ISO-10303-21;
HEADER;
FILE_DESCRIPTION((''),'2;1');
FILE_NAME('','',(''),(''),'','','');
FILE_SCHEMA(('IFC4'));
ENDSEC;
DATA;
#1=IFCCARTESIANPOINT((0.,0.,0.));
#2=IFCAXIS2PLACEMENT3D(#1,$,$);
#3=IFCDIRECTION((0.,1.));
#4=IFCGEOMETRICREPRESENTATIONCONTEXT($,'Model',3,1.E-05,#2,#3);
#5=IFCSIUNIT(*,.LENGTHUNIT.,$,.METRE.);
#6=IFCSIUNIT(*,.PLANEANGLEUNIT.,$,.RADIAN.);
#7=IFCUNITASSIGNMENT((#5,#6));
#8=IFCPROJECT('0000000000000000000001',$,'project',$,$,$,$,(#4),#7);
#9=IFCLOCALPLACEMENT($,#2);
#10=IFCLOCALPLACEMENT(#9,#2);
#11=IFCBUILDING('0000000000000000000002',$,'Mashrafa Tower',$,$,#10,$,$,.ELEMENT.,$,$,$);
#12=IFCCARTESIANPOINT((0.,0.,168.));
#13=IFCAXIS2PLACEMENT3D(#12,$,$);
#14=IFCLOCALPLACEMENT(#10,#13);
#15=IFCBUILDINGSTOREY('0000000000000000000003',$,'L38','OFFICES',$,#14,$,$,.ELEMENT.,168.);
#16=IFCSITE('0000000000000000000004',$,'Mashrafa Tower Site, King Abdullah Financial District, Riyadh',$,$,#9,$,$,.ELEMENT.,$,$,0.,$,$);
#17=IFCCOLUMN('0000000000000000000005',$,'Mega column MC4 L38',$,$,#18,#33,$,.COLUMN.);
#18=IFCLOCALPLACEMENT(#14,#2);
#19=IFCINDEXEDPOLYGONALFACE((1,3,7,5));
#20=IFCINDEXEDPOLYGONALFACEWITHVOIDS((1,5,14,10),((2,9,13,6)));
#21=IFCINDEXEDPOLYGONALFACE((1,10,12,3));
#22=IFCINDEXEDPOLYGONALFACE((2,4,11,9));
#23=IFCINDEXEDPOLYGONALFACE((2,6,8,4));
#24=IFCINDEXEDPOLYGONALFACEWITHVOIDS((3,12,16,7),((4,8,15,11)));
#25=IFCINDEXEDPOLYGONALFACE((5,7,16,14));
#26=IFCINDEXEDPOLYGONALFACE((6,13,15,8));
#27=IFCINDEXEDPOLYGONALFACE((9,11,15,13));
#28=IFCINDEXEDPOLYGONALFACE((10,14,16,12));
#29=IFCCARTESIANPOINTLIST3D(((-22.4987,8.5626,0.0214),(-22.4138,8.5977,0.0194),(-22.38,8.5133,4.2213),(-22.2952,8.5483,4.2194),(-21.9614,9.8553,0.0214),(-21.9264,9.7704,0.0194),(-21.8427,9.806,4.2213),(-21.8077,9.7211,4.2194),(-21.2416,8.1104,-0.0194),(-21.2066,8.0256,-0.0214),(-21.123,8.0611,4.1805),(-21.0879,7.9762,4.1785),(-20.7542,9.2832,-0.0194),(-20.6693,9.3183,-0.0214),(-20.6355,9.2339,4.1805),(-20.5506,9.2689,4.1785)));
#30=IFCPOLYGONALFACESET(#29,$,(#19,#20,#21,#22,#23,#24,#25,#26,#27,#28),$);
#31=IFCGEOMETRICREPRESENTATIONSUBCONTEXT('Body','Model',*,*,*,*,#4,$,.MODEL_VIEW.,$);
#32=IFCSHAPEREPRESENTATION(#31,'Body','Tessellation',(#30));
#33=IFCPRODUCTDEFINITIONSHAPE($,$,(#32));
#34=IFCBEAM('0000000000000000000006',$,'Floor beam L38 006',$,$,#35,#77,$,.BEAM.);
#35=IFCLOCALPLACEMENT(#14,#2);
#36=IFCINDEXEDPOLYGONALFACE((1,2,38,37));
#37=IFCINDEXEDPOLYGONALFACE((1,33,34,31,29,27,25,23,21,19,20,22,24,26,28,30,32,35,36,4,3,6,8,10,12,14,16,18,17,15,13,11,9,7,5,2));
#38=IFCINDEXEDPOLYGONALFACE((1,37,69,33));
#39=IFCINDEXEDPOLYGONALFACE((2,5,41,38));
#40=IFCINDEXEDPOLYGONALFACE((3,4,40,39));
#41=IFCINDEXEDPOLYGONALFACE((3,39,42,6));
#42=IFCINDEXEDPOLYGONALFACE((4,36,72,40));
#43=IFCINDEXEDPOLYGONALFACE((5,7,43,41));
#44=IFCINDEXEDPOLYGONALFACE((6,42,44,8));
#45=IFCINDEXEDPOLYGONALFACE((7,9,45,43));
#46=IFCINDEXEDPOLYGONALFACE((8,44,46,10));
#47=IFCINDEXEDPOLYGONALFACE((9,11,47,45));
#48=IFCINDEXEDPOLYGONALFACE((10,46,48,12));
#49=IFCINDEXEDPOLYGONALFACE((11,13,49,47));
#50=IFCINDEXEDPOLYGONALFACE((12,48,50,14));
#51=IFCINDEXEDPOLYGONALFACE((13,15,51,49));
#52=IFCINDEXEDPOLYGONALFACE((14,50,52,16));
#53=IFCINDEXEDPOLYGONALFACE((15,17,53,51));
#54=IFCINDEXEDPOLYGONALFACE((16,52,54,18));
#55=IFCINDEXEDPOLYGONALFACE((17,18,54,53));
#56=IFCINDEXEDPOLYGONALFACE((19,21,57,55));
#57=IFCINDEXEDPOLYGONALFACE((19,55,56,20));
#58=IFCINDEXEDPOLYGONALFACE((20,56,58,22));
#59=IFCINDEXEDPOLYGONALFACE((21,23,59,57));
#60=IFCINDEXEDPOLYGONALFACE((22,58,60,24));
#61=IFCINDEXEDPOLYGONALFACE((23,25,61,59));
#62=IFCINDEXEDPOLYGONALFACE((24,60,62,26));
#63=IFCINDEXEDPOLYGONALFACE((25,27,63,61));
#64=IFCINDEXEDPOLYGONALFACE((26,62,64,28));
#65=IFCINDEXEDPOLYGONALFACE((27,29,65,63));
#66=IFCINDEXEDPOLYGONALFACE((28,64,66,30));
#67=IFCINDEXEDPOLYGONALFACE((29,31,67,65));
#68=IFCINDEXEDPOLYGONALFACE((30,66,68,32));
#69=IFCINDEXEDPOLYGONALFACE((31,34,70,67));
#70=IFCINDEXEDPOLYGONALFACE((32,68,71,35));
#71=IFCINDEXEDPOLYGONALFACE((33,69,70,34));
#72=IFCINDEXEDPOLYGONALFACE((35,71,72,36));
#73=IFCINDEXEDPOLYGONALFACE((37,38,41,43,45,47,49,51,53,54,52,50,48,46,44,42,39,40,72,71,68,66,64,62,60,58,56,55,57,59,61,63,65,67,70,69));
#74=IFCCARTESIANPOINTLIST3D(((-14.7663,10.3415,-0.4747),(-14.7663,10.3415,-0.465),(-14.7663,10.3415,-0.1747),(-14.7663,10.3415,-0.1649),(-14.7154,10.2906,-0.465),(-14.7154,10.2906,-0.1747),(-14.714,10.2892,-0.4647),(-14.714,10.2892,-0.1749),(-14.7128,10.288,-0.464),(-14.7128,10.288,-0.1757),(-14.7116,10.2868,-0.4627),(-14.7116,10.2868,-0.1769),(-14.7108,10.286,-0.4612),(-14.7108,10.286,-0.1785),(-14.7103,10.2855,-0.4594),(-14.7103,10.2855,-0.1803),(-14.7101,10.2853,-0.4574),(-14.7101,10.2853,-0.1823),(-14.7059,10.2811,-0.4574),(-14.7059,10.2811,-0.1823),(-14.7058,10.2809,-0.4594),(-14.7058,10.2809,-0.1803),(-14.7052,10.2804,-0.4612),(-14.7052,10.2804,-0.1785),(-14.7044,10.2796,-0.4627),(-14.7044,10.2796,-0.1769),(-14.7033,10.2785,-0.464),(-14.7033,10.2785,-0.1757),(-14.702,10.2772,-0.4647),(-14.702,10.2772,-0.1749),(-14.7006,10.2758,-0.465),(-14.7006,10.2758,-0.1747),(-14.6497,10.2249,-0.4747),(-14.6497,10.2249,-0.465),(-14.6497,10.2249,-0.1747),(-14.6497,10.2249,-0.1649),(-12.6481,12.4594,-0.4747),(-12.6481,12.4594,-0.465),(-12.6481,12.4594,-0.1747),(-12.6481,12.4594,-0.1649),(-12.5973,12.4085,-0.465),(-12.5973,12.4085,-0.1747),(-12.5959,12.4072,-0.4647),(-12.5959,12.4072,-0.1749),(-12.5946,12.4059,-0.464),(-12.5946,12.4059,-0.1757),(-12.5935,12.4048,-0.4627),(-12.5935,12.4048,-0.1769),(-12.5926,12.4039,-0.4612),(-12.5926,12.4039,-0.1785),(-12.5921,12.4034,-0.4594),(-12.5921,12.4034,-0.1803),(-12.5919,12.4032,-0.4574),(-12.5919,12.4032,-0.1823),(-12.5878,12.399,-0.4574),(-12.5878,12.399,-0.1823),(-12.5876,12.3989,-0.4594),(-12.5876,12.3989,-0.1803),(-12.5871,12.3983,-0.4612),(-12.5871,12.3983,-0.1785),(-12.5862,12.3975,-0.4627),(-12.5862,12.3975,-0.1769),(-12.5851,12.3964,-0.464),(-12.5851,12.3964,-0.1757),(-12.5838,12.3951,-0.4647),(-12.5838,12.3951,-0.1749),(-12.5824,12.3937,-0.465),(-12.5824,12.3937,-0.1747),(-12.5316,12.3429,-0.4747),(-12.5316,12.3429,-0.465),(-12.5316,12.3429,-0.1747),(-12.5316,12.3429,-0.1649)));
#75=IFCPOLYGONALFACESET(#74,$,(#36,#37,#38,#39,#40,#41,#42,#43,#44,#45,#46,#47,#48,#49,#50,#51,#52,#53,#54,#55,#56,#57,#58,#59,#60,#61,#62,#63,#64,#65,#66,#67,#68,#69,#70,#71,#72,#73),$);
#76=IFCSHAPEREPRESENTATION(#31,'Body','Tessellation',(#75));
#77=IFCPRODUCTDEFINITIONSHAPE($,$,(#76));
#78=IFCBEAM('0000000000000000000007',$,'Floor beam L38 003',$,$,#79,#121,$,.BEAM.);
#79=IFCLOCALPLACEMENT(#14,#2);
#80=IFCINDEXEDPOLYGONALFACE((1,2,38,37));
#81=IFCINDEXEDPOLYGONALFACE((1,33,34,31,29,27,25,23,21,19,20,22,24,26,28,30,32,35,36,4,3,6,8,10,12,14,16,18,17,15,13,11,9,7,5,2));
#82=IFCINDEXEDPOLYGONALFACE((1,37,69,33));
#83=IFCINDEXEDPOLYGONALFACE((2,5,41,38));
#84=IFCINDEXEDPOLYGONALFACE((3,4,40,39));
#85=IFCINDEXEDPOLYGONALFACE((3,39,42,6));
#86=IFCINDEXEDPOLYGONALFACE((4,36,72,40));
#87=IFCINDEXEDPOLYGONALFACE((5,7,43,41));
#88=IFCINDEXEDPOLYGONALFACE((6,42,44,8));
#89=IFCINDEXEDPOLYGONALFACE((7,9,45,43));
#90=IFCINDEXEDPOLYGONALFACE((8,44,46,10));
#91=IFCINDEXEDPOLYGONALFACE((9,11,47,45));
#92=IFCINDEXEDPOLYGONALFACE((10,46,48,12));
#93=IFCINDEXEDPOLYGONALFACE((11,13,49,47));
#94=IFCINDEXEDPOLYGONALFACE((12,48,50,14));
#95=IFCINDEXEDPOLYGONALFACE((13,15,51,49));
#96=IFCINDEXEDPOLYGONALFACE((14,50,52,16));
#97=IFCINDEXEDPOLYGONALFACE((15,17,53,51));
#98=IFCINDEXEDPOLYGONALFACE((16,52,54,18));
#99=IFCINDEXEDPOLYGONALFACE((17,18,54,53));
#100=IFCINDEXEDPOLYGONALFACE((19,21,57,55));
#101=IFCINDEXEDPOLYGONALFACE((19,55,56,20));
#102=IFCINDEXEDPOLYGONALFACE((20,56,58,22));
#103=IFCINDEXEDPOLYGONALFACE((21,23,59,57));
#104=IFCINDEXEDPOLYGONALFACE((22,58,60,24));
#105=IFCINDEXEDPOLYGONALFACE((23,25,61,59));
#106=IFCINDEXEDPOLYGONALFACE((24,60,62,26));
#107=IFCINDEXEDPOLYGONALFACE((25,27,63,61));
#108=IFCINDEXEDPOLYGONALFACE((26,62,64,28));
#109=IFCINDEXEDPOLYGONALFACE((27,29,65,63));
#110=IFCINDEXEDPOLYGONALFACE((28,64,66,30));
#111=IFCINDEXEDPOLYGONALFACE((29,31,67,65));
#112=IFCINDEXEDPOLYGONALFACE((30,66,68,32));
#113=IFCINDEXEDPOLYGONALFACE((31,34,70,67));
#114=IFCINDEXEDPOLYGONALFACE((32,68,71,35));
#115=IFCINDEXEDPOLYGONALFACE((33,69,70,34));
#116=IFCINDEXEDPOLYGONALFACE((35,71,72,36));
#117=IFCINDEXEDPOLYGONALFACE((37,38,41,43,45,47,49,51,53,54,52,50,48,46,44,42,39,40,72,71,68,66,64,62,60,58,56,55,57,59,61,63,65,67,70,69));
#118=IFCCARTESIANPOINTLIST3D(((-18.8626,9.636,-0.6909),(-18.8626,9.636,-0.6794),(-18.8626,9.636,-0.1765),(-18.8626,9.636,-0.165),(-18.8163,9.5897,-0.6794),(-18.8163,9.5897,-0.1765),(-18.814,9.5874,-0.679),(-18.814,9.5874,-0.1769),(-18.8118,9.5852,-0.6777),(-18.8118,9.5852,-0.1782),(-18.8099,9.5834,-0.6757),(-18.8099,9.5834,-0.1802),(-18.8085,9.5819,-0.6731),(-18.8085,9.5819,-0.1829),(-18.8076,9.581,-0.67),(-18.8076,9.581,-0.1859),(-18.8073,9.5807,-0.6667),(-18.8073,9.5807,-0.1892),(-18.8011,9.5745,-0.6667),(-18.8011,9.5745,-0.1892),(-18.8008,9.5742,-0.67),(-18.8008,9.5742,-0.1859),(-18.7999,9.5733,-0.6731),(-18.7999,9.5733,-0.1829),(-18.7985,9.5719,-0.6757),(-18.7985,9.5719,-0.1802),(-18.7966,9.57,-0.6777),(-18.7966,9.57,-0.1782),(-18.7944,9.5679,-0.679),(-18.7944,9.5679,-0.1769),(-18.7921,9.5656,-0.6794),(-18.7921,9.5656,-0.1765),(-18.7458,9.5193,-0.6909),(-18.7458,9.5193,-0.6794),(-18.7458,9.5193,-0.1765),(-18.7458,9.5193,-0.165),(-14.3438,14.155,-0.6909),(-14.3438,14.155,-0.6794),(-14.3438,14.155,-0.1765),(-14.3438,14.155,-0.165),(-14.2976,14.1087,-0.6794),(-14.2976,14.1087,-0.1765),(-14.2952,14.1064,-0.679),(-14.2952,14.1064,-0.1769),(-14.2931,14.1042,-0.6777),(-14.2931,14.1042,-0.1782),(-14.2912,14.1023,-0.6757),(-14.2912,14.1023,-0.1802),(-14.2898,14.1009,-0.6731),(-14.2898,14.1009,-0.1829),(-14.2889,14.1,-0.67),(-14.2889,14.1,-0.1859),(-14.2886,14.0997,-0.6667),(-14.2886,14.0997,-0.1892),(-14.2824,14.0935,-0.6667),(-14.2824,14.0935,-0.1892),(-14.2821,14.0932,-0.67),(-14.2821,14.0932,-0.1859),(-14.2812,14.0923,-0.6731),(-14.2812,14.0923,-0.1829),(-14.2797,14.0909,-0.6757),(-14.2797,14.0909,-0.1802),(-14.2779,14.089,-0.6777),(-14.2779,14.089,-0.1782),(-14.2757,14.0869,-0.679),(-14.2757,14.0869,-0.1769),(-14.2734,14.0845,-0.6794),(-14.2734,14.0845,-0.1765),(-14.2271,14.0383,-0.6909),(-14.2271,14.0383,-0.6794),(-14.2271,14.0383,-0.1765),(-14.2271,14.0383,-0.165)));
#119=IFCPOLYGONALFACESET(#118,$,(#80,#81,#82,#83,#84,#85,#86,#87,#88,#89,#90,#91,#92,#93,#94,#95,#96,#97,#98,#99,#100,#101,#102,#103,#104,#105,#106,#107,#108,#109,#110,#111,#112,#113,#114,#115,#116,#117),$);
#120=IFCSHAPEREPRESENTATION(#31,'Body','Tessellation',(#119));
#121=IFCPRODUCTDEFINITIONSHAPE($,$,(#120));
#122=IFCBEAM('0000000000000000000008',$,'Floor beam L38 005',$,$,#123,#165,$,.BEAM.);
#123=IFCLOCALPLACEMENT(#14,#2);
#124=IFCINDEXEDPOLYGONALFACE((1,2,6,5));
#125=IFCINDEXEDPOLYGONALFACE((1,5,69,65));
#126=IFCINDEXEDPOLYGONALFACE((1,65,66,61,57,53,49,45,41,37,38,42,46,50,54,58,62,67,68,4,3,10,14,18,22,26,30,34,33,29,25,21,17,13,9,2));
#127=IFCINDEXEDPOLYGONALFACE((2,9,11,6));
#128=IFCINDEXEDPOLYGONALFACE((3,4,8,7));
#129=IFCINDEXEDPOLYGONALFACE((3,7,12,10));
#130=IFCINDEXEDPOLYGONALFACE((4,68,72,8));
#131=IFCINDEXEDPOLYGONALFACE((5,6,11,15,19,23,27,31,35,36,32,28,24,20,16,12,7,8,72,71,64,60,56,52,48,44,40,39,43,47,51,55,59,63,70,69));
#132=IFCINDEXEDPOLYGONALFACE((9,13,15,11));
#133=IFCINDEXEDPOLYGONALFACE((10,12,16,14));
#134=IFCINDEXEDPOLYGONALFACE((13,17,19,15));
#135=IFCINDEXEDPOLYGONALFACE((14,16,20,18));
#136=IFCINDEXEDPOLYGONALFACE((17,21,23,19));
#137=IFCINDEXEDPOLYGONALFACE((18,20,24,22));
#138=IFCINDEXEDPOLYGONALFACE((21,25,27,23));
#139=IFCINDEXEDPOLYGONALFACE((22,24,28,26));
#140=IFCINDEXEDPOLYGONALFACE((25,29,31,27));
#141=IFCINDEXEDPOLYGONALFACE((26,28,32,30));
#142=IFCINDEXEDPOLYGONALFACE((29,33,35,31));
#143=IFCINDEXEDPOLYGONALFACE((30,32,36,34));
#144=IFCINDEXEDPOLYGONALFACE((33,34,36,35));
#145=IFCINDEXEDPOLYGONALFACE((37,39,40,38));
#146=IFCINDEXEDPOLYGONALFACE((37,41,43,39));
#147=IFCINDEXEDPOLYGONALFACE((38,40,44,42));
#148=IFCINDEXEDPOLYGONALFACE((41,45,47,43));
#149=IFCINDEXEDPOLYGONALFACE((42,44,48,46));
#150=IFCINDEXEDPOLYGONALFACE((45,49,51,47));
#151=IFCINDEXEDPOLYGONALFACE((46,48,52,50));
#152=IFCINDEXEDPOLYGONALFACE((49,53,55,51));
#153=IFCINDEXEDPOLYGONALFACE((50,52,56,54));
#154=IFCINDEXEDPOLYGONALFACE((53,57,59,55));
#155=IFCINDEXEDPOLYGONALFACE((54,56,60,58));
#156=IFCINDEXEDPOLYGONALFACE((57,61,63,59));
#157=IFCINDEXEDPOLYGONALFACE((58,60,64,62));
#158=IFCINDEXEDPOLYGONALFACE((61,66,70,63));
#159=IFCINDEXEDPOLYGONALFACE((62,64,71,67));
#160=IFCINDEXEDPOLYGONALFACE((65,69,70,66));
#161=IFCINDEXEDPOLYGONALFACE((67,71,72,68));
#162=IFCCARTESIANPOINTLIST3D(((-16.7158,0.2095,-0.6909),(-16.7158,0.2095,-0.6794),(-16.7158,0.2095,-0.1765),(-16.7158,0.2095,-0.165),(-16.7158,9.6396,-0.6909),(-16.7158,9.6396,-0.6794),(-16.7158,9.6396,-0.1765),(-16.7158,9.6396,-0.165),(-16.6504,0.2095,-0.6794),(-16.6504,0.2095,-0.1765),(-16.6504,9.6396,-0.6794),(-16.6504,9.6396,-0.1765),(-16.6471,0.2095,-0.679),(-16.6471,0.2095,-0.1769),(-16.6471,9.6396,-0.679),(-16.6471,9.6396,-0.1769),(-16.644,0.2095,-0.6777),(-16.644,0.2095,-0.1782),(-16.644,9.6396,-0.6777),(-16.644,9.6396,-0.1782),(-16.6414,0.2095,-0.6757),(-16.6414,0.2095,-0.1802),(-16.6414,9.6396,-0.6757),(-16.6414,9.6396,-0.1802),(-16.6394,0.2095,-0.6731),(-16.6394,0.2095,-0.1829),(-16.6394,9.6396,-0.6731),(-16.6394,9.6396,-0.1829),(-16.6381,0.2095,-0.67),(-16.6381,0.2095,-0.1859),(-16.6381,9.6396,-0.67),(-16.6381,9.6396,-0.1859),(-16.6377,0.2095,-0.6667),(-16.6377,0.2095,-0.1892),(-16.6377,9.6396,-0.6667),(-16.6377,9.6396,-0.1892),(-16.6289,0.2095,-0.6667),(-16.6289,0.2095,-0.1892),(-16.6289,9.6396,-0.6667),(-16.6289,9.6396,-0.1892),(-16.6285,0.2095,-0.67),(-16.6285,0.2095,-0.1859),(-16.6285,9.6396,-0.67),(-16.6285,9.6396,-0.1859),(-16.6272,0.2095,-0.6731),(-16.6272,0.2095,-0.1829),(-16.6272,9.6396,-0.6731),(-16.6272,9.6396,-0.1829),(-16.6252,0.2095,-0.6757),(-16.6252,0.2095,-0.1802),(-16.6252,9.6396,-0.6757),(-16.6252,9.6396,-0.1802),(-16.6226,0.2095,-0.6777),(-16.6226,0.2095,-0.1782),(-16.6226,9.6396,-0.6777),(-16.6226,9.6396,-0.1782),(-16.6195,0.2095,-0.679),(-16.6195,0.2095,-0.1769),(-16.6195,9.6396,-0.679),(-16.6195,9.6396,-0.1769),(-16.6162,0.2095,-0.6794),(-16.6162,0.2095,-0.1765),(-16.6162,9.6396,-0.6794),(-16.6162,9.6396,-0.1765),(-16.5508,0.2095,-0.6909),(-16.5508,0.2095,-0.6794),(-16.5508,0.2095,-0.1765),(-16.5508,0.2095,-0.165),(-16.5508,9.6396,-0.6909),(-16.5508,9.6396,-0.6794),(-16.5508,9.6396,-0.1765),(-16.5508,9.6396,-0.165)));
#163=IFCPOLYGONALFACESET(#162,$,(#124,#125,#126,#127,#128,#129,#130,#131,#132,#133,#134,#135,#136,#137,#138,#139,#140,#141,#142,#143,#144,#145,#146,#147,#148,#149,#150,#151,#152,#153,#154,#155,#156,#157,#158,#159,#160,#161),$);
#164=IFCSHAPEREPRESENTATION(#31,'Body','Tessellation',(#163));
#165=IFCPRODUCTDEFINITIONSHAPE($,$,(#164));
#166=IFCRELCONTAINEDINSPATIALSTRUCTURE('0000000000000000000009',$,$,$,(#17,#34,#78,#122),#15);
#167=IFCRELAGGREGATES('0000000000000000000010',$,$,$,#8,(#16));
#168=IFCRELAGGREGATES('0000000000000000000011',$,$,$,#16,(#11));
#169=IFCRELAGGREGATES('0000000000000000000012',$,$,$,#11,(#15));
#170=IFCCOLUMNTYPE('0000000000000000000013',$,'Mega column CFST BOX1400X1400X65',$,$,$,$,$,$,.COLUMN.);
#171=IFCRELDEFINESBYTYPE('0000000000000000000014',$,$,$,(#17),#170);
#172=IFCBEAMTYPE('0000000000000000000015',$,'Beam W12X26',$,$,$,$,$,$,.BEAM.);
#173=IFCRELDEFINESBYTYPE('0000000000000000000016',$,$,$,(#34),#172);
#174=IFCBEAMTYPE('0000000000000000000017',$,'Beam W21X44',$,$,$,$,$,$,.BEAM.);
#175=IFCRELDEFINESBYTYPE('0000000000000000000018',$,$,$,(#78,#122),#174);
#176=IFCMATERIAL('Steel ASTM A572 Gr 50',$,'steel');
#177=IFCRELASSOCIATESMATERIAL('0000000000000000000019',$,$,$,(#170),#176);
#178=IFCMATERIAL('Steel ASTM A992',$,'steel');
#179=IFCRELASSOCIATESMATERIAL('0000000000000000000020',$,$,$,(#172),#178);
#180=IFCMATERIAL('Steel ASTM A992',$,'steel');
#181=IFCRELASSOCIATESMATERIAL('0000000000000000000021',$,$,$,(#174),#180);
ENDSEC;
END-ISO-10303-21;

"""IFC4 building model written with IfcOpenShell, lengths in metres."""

from ifc_helpers import new_model, si_unit, direction, frame, origin, origin_2d, place, context, subcontext, project, spatial, hollow_rectangle, i_section, extrude, material, material_profile, profile_set, type_object, element, save


model = new_model("IFC4")

# Units and contexts
model_context = context("Model", 3, precision=1e-05, world=origin(), true_north=direction((0.0, 1.0)))
body_context = subcontext(model_context, "Body", "Model", "MODEL_VIEW")
ifc_project = project(units=[si_unit("LENGTHUNIT", "METRE"), si_unit("PLANEANGLEUNIT", "RADIAN")], contexts=[model_context])

# Site, building, storey
site_placement = place(None, origin())
site = spatial("IfcSite", under=ifc_project, at=site_placement, Name="Mashrafa Tower Site, King Abdullah Financial District, Riyadh", CompositionType="ELEMENT", RefElevation=0.0)
building_placement = place(site_placement, origin())
building = spatial("IfcBuilding", under=site, at=building_placement, Name="Mashrafa Tower", CompositionType="ELEMENT")
storey_placement = place(building_placement, frame((0.0, 0.0, 168.0)))
storey = spatial("IfcBuildingStorey", under=building, at=storey_placement, Name="L38", Description="OFFICES", CompositionType="ELEMENT", Elevation=168.0)

# Column
ifc_material_1 = material(Name="Steel ASTM A572 Gr 50", Category="steel")
ifc_material_profile_1 = material_profile(ifc_material_1, hollow_rectangle(XDim=1.3999, YDim=1.3999, WallThickness=0.0649, at=origin_2d()), Name="BOX1400X1400X65")
ifc_profile_set_1 = profile_set([ifc_material_profile_1], Name="Steel ASTM A572 Gr 50")
column_type = type_object("IfcColumnType", Name="Mega column CFST BOX1400X1400X65", PredefinedType="COLUMN", material=ifc_profile_set_1)
column_placement = place(storey_placement, frame((-21.584, 8.9404, 0.0), z_axis=(0.028238, -0.011737, 0.999532), x_axis=(0.383806, 0.923414, 0.0)))
element("IfcColumn", 1, at=column_placement, inside=storey, type_object=column_type, Name="Mega column MC4 L38", PredefinedType="COLUMN", context=body_context, shape_type="SweptSolid", body=[
    extrude(hollow_rectangle(XDim=1.3999, YDim=1.3999, WallThickness=0.0649, at=origin_2d()), origin(), (0.0, 0.0, 1.0), 4.2019),
])

# Beams
ifc_material_2 = material(Name="Steel ASTM A992", Category="steel")
ifc_material_profile_2 = material_profile(ifc_material_2, i_section(OverallWidth=0.1648, OverallDepth=0.3098, WebThickness=0.0059, FlangeThickness=0.0098, FilletRadius=0.0076, at=origin_2d()), Name="W12X26")
ifc_profile_set_2 = profile_set([ifc_material_profile_2], Name="Steel ASTM A992")
beam_type_1 = type_object("IfcBeamType", Name="Beam W12X26", PredefinedType="BEAM", material=ifc_profile_set_2)
beam_1_placement = place(storey_placement, frame((-14.708, 10.2832, -0.3198), z_axis=(0.707148, 0.707066, 0.0), x_axis=(-0.707066, 0.707148, 0.0)))
element("IfcBeam", 2, at=beam_1_placement, inside=storey, type_object=beam_type_1, Name="Floor beam L38 006", PredefinedType="BEAM", context=body_context, shape_type="SweptSolid", body=[
    extrude(i_section(OverallWidth=0.1648, OverallDepth=0.3098, WebThickness=0.0059, FlangeThickness=0.0098, FilletRadius=0.0076, at=origin_2d()), origin(), (0.0, 0.0, 1.0), 2.9954),
])
ifc_material_3 = material(Name="Steel ASTM A992", Category="steel")
ifc_material_profile_3 = material_profile(ifc_material_3, i_section(OverallWidth=0.165, OverallDepth=0.5259, WebThickness=0.0088, FlangeThickness=0.0115, FilletRadius=0.0127, at=origin_2d()), Name="W21X44")
ifc_profile_set_3 = profile_set([ifc_material_profile_3], Name="Steel ASTM A992")
beam_type_2 = type_object("IfcBeamType", Name="Beam W21X44", PredefinedType="BEAM", material=ifc_profile_set_3)
beam_2_placement = place(storey_placement, frame((-18.8042, 9.5776, -0.428), z_axis=(0.707088, 0.707126, 0.0), x_axis=(-0.707126, 0.707088, 0.0)))
element("IfcBeam", 3, at=beam_2_placement, inside=storey, type_object=beam_type_2, Name="Floor beam L38 003", PredefinedType="BEAM", context=body_context, shape_type="SweptSolid", body=[
    extrude(i_section(OverallWidth=0.165, OverallDepth=0.5259, WebThickness=0.0088, FlangeThickness=0.0115, FilletRadius=0.0127, at=origin_2d()), origin(), (0.0, 0.0, 1.0), 6.3906),
])
beam_3_placement = place(storey_placement, frame((-16.6333, 0.2095, -0.428), z_axis=(0.0, 1.0, 0.0), x_axis=(-1.0, 0.0, 0.0)))
element("IfcBeam", 4, at=beam_3_placement, inside=storey, type_object=beam_type_2, Name="Floor beam L38 005", PredefinedType="BEAM", context=body_context, shape_type="SweptSolid", body=[
    extrude(i_section(OverallWidth=0.165, OverallDepth=0.5259, WebThickness=0.0088, FlangeThickness=0.0115, FilletRadius=0.0127, at=origin_2d()), origin(), (0.0, 0.0, 1.0), 9.4302),
])

save(model, "model.ifc")
